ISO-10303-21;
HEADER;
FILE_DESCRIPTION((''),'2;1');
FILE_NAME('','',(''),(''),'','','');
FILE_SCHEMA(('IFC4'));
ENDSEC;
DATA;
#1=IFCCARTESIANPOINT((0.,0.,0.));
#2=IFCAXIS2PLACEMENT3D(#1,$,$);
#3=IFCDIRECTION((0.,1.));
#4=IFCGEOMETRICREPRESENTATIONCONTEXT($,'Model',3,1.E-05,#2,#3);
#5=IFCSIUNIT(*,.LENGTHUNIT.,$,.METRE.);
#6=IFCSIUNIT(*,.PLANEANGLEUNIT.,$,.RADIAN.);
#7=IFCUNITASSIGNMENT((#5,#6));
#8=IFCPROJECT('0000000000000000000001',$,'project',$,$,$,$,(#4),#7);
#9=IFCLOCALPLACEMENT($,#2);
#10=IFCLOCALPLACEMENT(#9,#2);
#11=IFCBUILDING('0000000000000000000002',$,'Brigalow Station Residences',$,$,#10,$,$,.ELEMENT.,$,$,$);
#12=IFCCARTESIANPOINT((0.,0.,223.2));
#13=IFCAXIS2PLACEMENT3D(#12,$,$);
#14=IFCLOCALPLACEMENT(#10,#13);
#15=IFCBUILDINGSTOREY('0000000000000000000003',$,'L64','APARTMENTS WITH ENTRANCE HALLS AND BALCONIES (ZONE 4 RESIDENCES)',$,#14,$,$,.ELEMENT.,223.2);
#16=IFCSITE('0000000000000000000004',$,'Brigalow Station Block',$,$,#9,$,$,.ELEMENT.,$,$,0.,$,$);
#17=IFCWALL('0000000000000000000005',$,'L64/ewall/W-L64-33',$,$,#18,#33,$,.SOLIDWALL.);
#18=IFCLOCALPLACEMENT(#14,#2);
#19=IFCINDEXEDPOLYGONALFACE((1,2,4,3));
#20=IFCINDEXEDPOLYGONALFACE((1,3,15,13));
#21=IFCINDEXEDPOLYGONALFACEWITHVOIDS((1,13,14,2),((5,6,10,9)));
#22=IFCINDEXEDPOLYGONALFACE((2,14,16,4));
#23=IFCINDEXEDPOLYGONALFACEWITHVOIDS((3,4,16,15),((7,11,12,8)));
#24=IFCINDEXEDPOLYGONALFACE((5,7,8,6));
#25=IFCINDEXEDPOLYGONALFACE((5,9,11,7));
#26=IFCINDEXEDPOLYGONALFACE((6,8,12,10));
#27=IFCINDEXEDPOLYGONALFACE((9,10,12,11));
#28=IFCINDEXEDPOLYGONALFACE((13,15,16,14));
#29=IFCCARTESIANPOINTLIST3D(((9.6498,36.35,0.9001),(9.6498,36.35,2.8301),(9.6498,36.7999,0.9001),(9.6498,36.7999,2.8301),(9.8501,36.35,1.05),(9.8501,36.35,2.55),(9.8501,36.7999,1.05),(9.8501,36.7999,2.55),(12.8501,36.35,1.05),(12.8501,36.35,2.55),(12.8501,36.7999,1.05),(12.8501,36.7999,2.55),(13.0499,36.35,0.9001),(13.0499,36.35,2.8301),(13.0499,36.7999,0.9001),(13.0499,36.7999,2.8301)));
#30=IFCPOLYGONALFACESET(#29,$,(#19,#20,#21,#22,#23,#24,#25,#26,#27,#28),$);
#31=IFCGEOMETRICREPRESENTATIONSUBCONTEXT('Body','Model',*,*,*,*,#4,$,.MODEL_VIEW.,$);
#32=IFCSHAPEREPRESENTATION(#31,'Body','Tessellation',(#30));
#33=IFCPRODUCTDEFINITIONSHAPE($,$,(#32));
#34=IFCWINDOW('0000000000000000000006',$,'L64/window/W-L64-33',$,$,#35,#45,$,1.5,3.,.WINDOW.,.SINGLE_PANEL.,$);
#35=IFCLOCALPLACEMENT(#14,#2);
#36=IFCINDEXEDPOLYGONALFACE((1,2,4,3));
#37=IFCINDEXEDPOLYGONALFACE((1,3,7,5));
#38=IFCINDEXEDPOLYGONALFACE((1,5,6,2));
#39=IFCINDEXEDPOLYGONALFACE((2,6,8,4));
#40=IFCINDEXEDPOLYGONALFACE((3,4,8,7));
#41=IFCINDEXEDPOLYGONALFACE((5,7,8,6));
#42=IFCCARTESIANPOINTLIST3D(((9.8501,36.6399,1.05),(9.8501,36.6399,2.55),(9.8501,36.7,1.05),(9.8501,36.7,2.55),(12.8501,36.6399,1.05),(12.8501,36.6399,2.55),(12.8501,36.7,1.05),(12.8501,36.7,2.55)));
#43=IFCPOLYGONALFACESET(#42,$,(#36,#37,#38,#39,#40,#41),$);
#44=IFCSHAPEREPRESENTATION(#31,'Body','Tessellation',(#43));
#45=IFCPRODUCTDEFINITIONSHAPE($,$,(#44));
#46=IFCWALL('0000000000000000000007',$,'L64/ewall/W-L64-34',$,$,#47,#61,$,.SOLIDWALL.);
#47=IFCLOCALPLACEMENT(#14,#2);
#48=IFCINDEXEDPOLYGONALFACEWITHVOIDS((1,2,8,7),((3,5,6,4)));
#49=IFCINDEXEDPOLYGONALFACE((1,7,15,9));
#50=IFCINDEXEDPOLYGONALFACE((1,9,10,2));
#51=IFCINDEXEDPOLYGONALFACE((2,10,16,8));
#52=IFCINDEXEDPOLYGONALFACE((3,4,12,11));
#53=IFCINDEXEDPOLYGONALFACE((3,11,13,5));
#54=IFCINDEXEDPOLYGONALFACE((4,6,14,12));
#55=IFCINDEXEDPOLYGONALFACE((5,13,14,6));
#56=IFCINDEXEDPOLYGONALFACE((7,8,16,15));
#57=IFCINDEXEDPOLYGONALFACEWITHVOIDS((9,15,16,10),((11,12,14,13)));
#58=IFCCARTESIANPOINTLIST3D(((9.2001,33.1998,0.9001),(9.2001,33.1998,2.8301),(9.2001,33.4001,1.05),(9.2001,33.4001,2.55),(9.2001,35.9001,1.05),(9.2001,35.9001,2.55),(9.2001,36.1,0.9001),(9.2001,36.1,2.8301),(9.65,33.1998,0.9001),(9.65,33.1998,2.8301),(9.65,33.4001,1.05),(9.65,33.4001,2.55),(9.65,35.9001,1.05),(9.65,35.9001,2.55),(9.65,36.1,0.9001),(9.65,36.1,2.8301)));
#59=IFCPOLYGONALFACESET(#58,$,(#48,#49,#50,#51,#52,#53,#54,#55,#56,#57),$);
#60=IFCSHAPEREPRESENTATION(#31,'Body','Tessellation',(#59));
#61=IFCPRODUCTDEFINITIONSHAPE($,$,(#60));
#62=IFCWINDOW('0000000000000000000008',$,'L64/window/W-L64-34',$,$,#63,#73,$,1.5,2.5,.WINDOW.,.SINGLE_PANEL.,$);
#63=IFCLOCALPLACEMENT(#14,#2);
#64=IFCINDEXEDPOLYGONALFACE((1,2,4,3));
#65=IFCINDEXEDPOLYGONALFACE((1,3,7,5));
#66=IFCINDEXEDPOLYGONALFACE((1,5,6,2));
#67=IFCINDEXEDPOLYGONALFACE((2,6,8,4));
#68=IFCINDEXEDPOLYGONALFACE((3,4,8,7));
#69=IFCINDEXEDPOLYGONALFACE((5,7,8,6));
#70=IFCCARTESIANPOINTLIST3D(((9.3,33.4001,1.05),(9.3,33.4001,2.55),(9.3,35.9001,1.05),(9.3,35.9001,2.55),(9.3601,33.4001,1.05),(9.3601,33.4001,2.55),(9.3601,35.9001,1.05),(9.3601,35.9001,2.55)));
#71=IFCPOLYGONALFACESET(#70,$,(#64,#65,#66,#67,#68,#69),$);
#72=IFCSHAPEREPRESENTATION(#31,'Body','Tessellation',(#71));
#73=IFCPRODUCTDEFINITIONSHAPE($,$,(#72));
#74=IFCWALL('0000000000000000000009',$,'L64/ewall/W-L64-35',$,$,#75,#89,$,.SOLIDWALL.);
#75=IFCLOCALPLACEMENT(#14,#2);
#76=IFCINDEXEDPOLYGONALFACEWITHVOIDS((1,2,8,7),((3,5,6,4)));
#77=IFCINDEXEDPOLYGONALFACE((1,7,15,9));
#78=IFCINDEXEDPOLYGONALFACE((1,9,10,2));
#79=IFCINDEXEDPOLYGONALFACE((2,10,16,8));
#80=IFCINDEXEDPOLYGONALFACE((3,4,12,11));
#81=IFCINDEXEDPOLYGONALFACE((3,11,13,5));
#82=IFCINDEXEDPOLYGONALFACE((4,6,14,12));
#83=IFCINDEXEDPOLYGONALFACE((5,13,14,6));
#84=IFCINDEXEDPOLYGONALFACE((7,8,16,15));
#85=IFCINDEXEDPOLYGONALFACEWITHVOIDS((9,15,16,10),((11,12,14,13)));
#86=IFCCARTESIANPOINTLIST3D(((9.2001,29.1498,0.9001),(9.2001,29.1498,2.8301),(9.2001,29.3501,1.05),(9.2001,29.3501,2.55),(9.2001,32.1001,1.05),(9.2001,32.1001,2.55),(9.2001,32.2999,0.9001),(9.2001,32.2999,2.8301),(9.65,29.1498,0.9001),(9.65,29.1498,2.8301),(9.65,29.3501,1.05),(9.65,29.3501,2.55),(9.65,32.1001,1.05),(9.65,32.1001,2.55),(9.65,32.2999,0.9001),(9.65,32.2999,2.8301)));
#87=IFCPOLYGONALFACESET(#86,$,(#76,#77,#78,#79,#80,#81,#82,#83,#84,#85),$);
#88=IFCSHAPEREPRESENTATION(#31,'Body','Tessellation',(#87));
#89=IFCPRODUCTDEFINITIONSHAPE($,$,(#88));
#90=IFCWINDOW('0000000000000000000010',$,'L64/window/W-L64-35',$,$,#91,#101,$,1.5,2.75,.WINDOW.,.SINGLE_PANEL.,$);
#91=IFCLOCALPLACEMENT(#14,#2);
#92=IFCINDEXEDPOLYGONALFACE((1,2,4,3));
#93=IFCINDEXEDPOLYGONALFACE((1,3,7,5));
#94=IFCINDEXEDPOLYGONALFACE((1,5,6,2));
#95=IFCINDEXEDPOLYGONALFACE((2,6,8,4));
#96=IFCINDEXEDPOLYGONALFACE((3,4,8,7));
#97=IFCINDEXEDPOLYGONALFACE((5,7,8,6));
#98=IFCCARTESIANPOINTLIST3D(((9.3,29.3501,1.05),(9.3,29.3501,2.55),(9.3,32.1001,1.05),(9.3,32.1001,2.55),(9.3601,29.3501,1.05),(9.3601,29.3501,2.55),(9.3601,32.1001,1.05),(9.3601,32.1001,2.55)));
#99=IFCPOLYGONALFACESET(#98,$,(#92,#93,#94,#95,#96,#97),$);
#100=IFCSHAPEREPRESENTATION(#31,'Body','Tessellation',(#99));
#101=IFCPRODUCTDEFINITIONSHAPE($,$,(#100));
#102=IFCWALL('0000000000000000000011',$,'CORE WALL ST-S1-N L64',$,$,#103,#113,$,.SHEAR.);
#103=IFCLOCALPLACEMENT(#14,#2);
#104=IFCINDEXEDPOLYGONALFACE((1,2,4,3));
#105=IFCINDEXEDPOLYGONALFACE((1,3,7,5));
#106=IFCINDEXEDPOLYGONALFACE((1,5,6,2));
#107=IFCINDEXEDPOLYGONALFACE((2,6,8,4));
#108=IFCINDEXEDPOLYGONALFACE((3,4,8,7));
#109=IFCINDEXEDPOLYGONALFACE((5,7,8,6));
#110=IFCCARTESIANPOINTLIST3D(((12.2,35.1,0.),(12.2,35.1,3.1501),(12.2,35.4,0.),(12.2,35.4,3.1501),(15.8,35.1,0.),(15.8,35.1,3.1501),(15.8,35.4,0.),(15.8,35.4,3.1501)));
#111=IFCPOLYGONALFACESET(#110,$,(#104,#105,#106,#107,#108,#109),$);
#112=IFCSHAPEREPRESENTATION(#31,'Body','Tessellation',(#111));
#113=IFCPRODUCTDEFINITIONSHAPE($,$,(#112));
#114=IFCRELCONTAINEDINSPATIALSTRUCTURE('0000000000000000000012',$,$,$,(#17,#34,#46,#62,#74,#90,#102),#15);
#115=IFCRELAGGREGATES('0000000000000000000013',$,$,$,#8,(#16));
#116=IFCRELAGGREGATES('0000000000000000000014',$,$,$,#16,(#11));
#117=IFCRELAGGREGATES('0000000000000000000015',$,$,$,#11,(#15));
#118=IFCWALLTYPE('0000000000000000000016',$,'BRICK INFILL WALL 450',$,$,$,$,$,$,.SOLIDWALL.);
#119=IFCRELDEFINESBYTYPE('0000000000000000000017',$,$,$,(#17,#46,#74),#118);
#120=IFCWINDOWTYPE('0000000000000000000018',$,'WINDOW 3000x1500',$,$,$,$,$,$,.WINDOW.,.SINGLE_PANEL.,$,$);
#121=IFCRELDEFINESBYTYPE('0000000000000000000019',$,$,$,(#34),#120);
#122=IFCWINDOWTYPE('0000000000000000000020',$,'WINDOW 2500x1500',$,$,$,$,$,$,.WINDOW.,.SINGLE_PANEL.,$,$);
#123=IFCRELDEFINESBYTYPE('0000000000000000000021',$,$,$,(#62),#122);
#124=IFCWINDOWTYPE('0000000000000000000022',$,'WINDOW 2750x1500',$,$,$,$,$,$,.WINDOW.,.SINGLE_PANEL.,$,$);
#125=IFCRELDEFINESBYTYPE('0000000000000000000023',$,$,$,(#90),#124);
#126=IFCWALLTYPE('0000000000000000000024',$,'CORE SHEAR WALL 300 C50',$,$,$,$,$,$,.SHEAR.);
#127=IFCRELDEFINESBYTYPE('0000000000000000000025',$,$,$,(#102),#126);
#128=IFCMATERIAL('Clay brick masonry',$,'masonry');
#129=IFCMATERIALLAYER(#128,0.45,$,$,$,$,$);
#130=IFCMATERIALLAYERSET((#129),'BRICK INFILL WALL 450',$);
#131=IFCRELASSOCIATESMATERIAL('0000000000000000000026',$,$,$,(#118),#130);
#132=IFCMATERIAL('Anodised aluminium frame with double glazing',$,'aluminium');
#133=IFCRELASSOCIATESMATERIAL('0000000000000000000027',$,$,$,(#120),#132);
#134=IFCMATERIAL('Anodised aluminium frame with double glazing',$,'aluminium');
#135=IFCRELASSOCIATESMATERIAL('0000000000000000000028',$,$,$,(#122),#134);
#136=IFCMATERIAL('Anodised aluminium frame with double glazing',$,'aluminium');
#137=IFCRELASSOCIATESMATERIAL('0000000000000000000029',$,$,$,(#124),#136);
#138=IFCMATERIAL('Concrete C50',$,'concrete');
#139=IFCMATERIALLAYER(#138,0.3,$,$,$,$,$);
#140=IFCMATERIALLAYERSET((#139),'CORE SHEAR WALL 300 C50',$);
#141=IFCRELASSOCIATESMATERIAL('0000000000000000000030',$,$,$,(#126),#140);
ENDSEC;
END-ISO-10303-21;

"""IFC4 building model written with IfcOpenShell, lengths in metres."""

from ifc_helpers import new_model, si_unit, direction, frame, frame_2d, origin, place, context, subcontext, project, spatial, rectangle, extrude, material, layer, layer_set, type_object, element, fill, save


model = new_model("IFC4")

# Units and contexts
model_context = context("Model", 3, precision=1e-05, world=origin(), true_north=direction((0.0, 1.0)))
body_context = subcontext(model_context, "Body", "Model", "MODEL_VIEW")
ifc_project = project(units=[si_unit("LENGTHUNIT", "METRE"), si_unit("PLANEANGLEUNIT", "RADIAN")], contexts=[model_context])

# Site, building, storey
site_placement = place(None, origin())
site = spatial("IfcSite", under=ifc_project, at=site_placement, Name="Brigalow Station Block", CompositionType="ELEMENT", RefElevation=0.0)
building_placement = place(site_placement, origin())
building = spatial("IfcBuilding", under=site, at=building_placement, Name="Brigalow Station Residences", CompositionType="ELEMENT")
storey_placement = place(building_placement, frame((0.0, 0.0, 223.2)))
storey = spatial("IfcBuildingStorey", under=building, at=storey_placement, Name="L64", Description="APARTMENTS WITH ENTRANCE HALLS AND BALCONIES (ZONE 4 RESIDENCES)", CompositionType="ELEMENT", Elevation=223.2)

# Shared definitions
ifc_material_1 = material(Name="Clay brick masonry", Category="masonry")
ifc_layer_1 = layer(ifc_material_1, 0.45)
ifc_layer_set_1 = layer_set([ifc_layer_1], Name="BRICK INFILL WALL 450")
wall_type_1 = type_object("IfcWallType", Name="BRICK INFILL WALL 450", PredefinedType="SOLIDWALL", material=ifc_layer_set_1)

# Walls, openings, windows
wall_1_placement = place(storey_placement, frame((13.05, 36.575, 0.9001), z_axis=(0.0, 0.0, 1.0), x_axis=(-1.0, 0.0, 0.0)))
wall_1 = element("IfcWall", 1, at=wall_1_placement, inside=storey, type_object=wall_type_1, Name="L64/ewall/W-L64-33", PredefinedType="SOLIDWALL", context=body_context, shape_type="SweptSolid", body=[
    extrude(rectangle(XDim=3.4001, YDim=0.45, at=frame_2d((1.7002, 0.0))), origin(), (0.0, 0.0, 1.0), 1.9299),
])
opening_1_placement = place(wall_1_placement, frame((0.2, 0.0, 0.1499)))
opening_1 = element("IfcOpeningElement", 2, at=opening_1_placement, cuts=wall_1, PredefinedType="OPENING", context=body_context, shape_type="SweptSolid", body=[
    extrude(rectangle(XDim=3.0, YDim=1.5, at=frame_2d((1.5, 0.75))), frame((0.0, 0.2349, 0.0), z_axis=(0.0, -1.0, 0.0), x_axis=(1.0, 0.0, 0.0)), (0.0, 0.0, 1.0), 0.47),
])
ifc_material_2 = material(Name="Anodised aluminium frame with double glazing", Category="aluminium")
window_type_1 = type_object("IfcWindowType", Name="WINDOW 3000x1500", PartitioningType="SINGLE_PANEL", PredefinedType="WINDOW", material=ifc_material_2)
window_1_placement = place(opening_1_placement, origin())
window_1 = element("IfcWindow", 3, at=window_1_placement, inside=storey, type_object=window_type_1, Name="L64/window/W-L64-33", OverallHeight=1.5, OverallWidth=3.0, PartitioningType="SINGLE_PANEL", PredefinedType="WINDOW", context=body_context, shape_type="SweptSolid", body=[
    extrude(rectangle(XDim=3.0, YDim=1.5, at=frame_2d((1.5, 0.75))), frame((0.0, -0.0649, 0.0), z_axis=(0.0, -1.0, 0.0), x_axis=(1.0, 0.0, 0.0)), (0.0, 0.0, 1.0), 0.0601),
])
fill(opening_1, window_1)
wall_2_placement = place(storey_placement, frame((9.425, 36.1001, 0.9001), z_axis=(0.0, 0.0, 1.0), x_axis=(0.0, -1.0, 0.0)))
wall_2 = element("IfcWall", 4, at=wall_2_placement, inside=storey, type_object=wall_type_1, Name="L64/ewall/W-L64-34", PredefinedType="SOLIDWALL", context=body_context, shape_type="SweptSolid", body=[
    extrude(rectangle(XDim=2.9001, YDim=0.45, at=frame_2d((1.4502, 0.0))), origin(), (0.0, 0.0, 1.0), 1.9299),
])
opening_2_placement = place(wall_2_placement, frame((0.2, 0.0, 0.1499)))
opening_2 = element("IfcOpeningElement", 5, at=opening_2_placement, cuts=wall_2, PredefinedType="OPENING", context=body_context, shape_type="SweptSolid", body=[
    extrude(rectangle(XDim=2.5, YDim=1.5, at=frame_2d((1.25, 0.75))), frame((0.0, 0.2349, 0.0), z_axis=(0.0, -1.0, 0.0), x_axis=(1.0, 0.0, 0.0)), (0.0, 0.0, 1.0), 0.47),
])
ifc_material_3 = material(Name="Anodised aluminium frame with double glazing", Category="aluminium")
window_type_2 = type_object("IfcWindowType", Name="WINDOW 2500x1500", PartitioningType="SINGLE_PANEL", PredefinedType="WINDOW", material=ifc_material_3)
window_2_placement = place(opening_2_placement, origin())
window_2 = element("IfcWindow", 6, at=window_2_placement, inside=storey, type_object=window_type_2, Name="L64/window/W-L64-34", OverallHeight=1.5, OverallWidth=2.5, PartitioningType="SINGLE_PANEL", PredefinedType="WINDOW", context=body_context, shape_type="SweptSolid", body=[
    extrude(rectangle(XDim=2.5, YDim=1.5, at=frame_2d((1.25, 0.75))), frame((0.0, -0.0649, 0.0), z_axis=(0.0, -1.0, 0.0), x_axis=(1.0, 0.0, 0.0)), (0.0, 0.0, 1.0), 0.0601),
])
fill(opening_2, window_2)
wall_3_placement = place(storey_placement, frame((9.425, 32.3, 0.9001), z_axis=(0.0, 0.0, 1.0), x_axis=(0.0, -1.0, 0.0)))
wall_3 = element("IfcWall", 7, at=wall_3_placement, inside=storey, type_object=wall_type_1, Name="L64/ewall/W-L64-35", PredefinedType="SOLIDWALL", context=body_context, shape_type="SweptSolid", body=[
    extrude(rectangle(XDim=3.1501, YDim=0.45, at=frame_2d((1.5752, 0.0))), origin(), (0.0, 0.0, 1.0), 1.9299),
])
opening_3_placement = place(wall_3_placement, frame((0.2, 0.0, 0.1499)))
opening_3 = element("IfcOpeningElement", 8, at=opening_3_placement, cuts=wall_3, PredefinedType="OPENING", context=body_context, shape_type="SweptSolid", body=[
    extrude(rectangle(XDim=2.75, YDim=1.5, at=frame_2d((1.375, 0.75))), frame((0.0, 0.2349, 0.0), z_axis=(0.0, -1.0, 0.0), x_axis=(1.0, 0.0, 0.0)), (0.0, 0.0, 1.0), 0.47),
])
ifc_material_4 = material(Name="Anodised aluminium frame with double glazing", Category="aluminium")
window_type_3 = type_object("IfcWindowType", Name="WINDOW 2750x1500", PartitioningType="SINGLE_PANEL", PredefinedType="WINDOW", material=ifc_material_4)
window_3_placement = place(opening_3_placement, origin())
window_3 = element("IfcWindow", 9, at=window_3_placement, inside=storey, type_object=window_type_3, Name="L64/window/W-L64-35", OverallHeight=1.5, OverallWidth=2.75, PartitioningType="SINGLE_PANEL", PredefinedType="WINDOW", context=body_context, shape_type="SweptSolid", body=[
    extrude(rectangle(XDim=2.75, YDim=1.5, at=frame_2d((1.375, 0.75))), frame((0.0, -0.0649, 0.0), z_axis=(0.0, -1.0, 0.0), x_axis=(1.0, 0.0, 0.0)), (0.0, 0.0, 1.0), 0.0601),
])
fill(opening_3, window_3)

# Wall
ifc_material_5 = material(Name="Concrete C50", Category="concrete")
ifc_layer_2 = layer(ifc_material_5, 0.3)
ifc_layer_set_2 = layer_set([ifc_layer_2], Name="CORE SHEAR WALL 300 C50")
wall_type_2 = type_object("IfcWallType", Name="CORE SHEAR WALL 300 C50", PredefinedType="SHEAR", material=ifc_layer_set_2)
wall_4_placement = place(storey_placement, frame((12.2, 35.25, 0.0), z_axis=(0.0, 0.0, 1.0), x_axis=(1.0, 0.0, 0.0)))
element("IfcWall", 10, at=wall_4_placement, inside=storey, type_object=wall_type_2, Name="CORE WALL ST-S1-N L64", PredefinedType="SHEAR", context=body_context, shape_type="SweptSolid", body=[
    extrude(rectangle(XDim=3.6001, YDim=0.3, at=frame_2d((1.8, 0.0))), origin(), (0.0, 0.0, 1.0), 3.1501),
])

save(model, "model.ifc")
